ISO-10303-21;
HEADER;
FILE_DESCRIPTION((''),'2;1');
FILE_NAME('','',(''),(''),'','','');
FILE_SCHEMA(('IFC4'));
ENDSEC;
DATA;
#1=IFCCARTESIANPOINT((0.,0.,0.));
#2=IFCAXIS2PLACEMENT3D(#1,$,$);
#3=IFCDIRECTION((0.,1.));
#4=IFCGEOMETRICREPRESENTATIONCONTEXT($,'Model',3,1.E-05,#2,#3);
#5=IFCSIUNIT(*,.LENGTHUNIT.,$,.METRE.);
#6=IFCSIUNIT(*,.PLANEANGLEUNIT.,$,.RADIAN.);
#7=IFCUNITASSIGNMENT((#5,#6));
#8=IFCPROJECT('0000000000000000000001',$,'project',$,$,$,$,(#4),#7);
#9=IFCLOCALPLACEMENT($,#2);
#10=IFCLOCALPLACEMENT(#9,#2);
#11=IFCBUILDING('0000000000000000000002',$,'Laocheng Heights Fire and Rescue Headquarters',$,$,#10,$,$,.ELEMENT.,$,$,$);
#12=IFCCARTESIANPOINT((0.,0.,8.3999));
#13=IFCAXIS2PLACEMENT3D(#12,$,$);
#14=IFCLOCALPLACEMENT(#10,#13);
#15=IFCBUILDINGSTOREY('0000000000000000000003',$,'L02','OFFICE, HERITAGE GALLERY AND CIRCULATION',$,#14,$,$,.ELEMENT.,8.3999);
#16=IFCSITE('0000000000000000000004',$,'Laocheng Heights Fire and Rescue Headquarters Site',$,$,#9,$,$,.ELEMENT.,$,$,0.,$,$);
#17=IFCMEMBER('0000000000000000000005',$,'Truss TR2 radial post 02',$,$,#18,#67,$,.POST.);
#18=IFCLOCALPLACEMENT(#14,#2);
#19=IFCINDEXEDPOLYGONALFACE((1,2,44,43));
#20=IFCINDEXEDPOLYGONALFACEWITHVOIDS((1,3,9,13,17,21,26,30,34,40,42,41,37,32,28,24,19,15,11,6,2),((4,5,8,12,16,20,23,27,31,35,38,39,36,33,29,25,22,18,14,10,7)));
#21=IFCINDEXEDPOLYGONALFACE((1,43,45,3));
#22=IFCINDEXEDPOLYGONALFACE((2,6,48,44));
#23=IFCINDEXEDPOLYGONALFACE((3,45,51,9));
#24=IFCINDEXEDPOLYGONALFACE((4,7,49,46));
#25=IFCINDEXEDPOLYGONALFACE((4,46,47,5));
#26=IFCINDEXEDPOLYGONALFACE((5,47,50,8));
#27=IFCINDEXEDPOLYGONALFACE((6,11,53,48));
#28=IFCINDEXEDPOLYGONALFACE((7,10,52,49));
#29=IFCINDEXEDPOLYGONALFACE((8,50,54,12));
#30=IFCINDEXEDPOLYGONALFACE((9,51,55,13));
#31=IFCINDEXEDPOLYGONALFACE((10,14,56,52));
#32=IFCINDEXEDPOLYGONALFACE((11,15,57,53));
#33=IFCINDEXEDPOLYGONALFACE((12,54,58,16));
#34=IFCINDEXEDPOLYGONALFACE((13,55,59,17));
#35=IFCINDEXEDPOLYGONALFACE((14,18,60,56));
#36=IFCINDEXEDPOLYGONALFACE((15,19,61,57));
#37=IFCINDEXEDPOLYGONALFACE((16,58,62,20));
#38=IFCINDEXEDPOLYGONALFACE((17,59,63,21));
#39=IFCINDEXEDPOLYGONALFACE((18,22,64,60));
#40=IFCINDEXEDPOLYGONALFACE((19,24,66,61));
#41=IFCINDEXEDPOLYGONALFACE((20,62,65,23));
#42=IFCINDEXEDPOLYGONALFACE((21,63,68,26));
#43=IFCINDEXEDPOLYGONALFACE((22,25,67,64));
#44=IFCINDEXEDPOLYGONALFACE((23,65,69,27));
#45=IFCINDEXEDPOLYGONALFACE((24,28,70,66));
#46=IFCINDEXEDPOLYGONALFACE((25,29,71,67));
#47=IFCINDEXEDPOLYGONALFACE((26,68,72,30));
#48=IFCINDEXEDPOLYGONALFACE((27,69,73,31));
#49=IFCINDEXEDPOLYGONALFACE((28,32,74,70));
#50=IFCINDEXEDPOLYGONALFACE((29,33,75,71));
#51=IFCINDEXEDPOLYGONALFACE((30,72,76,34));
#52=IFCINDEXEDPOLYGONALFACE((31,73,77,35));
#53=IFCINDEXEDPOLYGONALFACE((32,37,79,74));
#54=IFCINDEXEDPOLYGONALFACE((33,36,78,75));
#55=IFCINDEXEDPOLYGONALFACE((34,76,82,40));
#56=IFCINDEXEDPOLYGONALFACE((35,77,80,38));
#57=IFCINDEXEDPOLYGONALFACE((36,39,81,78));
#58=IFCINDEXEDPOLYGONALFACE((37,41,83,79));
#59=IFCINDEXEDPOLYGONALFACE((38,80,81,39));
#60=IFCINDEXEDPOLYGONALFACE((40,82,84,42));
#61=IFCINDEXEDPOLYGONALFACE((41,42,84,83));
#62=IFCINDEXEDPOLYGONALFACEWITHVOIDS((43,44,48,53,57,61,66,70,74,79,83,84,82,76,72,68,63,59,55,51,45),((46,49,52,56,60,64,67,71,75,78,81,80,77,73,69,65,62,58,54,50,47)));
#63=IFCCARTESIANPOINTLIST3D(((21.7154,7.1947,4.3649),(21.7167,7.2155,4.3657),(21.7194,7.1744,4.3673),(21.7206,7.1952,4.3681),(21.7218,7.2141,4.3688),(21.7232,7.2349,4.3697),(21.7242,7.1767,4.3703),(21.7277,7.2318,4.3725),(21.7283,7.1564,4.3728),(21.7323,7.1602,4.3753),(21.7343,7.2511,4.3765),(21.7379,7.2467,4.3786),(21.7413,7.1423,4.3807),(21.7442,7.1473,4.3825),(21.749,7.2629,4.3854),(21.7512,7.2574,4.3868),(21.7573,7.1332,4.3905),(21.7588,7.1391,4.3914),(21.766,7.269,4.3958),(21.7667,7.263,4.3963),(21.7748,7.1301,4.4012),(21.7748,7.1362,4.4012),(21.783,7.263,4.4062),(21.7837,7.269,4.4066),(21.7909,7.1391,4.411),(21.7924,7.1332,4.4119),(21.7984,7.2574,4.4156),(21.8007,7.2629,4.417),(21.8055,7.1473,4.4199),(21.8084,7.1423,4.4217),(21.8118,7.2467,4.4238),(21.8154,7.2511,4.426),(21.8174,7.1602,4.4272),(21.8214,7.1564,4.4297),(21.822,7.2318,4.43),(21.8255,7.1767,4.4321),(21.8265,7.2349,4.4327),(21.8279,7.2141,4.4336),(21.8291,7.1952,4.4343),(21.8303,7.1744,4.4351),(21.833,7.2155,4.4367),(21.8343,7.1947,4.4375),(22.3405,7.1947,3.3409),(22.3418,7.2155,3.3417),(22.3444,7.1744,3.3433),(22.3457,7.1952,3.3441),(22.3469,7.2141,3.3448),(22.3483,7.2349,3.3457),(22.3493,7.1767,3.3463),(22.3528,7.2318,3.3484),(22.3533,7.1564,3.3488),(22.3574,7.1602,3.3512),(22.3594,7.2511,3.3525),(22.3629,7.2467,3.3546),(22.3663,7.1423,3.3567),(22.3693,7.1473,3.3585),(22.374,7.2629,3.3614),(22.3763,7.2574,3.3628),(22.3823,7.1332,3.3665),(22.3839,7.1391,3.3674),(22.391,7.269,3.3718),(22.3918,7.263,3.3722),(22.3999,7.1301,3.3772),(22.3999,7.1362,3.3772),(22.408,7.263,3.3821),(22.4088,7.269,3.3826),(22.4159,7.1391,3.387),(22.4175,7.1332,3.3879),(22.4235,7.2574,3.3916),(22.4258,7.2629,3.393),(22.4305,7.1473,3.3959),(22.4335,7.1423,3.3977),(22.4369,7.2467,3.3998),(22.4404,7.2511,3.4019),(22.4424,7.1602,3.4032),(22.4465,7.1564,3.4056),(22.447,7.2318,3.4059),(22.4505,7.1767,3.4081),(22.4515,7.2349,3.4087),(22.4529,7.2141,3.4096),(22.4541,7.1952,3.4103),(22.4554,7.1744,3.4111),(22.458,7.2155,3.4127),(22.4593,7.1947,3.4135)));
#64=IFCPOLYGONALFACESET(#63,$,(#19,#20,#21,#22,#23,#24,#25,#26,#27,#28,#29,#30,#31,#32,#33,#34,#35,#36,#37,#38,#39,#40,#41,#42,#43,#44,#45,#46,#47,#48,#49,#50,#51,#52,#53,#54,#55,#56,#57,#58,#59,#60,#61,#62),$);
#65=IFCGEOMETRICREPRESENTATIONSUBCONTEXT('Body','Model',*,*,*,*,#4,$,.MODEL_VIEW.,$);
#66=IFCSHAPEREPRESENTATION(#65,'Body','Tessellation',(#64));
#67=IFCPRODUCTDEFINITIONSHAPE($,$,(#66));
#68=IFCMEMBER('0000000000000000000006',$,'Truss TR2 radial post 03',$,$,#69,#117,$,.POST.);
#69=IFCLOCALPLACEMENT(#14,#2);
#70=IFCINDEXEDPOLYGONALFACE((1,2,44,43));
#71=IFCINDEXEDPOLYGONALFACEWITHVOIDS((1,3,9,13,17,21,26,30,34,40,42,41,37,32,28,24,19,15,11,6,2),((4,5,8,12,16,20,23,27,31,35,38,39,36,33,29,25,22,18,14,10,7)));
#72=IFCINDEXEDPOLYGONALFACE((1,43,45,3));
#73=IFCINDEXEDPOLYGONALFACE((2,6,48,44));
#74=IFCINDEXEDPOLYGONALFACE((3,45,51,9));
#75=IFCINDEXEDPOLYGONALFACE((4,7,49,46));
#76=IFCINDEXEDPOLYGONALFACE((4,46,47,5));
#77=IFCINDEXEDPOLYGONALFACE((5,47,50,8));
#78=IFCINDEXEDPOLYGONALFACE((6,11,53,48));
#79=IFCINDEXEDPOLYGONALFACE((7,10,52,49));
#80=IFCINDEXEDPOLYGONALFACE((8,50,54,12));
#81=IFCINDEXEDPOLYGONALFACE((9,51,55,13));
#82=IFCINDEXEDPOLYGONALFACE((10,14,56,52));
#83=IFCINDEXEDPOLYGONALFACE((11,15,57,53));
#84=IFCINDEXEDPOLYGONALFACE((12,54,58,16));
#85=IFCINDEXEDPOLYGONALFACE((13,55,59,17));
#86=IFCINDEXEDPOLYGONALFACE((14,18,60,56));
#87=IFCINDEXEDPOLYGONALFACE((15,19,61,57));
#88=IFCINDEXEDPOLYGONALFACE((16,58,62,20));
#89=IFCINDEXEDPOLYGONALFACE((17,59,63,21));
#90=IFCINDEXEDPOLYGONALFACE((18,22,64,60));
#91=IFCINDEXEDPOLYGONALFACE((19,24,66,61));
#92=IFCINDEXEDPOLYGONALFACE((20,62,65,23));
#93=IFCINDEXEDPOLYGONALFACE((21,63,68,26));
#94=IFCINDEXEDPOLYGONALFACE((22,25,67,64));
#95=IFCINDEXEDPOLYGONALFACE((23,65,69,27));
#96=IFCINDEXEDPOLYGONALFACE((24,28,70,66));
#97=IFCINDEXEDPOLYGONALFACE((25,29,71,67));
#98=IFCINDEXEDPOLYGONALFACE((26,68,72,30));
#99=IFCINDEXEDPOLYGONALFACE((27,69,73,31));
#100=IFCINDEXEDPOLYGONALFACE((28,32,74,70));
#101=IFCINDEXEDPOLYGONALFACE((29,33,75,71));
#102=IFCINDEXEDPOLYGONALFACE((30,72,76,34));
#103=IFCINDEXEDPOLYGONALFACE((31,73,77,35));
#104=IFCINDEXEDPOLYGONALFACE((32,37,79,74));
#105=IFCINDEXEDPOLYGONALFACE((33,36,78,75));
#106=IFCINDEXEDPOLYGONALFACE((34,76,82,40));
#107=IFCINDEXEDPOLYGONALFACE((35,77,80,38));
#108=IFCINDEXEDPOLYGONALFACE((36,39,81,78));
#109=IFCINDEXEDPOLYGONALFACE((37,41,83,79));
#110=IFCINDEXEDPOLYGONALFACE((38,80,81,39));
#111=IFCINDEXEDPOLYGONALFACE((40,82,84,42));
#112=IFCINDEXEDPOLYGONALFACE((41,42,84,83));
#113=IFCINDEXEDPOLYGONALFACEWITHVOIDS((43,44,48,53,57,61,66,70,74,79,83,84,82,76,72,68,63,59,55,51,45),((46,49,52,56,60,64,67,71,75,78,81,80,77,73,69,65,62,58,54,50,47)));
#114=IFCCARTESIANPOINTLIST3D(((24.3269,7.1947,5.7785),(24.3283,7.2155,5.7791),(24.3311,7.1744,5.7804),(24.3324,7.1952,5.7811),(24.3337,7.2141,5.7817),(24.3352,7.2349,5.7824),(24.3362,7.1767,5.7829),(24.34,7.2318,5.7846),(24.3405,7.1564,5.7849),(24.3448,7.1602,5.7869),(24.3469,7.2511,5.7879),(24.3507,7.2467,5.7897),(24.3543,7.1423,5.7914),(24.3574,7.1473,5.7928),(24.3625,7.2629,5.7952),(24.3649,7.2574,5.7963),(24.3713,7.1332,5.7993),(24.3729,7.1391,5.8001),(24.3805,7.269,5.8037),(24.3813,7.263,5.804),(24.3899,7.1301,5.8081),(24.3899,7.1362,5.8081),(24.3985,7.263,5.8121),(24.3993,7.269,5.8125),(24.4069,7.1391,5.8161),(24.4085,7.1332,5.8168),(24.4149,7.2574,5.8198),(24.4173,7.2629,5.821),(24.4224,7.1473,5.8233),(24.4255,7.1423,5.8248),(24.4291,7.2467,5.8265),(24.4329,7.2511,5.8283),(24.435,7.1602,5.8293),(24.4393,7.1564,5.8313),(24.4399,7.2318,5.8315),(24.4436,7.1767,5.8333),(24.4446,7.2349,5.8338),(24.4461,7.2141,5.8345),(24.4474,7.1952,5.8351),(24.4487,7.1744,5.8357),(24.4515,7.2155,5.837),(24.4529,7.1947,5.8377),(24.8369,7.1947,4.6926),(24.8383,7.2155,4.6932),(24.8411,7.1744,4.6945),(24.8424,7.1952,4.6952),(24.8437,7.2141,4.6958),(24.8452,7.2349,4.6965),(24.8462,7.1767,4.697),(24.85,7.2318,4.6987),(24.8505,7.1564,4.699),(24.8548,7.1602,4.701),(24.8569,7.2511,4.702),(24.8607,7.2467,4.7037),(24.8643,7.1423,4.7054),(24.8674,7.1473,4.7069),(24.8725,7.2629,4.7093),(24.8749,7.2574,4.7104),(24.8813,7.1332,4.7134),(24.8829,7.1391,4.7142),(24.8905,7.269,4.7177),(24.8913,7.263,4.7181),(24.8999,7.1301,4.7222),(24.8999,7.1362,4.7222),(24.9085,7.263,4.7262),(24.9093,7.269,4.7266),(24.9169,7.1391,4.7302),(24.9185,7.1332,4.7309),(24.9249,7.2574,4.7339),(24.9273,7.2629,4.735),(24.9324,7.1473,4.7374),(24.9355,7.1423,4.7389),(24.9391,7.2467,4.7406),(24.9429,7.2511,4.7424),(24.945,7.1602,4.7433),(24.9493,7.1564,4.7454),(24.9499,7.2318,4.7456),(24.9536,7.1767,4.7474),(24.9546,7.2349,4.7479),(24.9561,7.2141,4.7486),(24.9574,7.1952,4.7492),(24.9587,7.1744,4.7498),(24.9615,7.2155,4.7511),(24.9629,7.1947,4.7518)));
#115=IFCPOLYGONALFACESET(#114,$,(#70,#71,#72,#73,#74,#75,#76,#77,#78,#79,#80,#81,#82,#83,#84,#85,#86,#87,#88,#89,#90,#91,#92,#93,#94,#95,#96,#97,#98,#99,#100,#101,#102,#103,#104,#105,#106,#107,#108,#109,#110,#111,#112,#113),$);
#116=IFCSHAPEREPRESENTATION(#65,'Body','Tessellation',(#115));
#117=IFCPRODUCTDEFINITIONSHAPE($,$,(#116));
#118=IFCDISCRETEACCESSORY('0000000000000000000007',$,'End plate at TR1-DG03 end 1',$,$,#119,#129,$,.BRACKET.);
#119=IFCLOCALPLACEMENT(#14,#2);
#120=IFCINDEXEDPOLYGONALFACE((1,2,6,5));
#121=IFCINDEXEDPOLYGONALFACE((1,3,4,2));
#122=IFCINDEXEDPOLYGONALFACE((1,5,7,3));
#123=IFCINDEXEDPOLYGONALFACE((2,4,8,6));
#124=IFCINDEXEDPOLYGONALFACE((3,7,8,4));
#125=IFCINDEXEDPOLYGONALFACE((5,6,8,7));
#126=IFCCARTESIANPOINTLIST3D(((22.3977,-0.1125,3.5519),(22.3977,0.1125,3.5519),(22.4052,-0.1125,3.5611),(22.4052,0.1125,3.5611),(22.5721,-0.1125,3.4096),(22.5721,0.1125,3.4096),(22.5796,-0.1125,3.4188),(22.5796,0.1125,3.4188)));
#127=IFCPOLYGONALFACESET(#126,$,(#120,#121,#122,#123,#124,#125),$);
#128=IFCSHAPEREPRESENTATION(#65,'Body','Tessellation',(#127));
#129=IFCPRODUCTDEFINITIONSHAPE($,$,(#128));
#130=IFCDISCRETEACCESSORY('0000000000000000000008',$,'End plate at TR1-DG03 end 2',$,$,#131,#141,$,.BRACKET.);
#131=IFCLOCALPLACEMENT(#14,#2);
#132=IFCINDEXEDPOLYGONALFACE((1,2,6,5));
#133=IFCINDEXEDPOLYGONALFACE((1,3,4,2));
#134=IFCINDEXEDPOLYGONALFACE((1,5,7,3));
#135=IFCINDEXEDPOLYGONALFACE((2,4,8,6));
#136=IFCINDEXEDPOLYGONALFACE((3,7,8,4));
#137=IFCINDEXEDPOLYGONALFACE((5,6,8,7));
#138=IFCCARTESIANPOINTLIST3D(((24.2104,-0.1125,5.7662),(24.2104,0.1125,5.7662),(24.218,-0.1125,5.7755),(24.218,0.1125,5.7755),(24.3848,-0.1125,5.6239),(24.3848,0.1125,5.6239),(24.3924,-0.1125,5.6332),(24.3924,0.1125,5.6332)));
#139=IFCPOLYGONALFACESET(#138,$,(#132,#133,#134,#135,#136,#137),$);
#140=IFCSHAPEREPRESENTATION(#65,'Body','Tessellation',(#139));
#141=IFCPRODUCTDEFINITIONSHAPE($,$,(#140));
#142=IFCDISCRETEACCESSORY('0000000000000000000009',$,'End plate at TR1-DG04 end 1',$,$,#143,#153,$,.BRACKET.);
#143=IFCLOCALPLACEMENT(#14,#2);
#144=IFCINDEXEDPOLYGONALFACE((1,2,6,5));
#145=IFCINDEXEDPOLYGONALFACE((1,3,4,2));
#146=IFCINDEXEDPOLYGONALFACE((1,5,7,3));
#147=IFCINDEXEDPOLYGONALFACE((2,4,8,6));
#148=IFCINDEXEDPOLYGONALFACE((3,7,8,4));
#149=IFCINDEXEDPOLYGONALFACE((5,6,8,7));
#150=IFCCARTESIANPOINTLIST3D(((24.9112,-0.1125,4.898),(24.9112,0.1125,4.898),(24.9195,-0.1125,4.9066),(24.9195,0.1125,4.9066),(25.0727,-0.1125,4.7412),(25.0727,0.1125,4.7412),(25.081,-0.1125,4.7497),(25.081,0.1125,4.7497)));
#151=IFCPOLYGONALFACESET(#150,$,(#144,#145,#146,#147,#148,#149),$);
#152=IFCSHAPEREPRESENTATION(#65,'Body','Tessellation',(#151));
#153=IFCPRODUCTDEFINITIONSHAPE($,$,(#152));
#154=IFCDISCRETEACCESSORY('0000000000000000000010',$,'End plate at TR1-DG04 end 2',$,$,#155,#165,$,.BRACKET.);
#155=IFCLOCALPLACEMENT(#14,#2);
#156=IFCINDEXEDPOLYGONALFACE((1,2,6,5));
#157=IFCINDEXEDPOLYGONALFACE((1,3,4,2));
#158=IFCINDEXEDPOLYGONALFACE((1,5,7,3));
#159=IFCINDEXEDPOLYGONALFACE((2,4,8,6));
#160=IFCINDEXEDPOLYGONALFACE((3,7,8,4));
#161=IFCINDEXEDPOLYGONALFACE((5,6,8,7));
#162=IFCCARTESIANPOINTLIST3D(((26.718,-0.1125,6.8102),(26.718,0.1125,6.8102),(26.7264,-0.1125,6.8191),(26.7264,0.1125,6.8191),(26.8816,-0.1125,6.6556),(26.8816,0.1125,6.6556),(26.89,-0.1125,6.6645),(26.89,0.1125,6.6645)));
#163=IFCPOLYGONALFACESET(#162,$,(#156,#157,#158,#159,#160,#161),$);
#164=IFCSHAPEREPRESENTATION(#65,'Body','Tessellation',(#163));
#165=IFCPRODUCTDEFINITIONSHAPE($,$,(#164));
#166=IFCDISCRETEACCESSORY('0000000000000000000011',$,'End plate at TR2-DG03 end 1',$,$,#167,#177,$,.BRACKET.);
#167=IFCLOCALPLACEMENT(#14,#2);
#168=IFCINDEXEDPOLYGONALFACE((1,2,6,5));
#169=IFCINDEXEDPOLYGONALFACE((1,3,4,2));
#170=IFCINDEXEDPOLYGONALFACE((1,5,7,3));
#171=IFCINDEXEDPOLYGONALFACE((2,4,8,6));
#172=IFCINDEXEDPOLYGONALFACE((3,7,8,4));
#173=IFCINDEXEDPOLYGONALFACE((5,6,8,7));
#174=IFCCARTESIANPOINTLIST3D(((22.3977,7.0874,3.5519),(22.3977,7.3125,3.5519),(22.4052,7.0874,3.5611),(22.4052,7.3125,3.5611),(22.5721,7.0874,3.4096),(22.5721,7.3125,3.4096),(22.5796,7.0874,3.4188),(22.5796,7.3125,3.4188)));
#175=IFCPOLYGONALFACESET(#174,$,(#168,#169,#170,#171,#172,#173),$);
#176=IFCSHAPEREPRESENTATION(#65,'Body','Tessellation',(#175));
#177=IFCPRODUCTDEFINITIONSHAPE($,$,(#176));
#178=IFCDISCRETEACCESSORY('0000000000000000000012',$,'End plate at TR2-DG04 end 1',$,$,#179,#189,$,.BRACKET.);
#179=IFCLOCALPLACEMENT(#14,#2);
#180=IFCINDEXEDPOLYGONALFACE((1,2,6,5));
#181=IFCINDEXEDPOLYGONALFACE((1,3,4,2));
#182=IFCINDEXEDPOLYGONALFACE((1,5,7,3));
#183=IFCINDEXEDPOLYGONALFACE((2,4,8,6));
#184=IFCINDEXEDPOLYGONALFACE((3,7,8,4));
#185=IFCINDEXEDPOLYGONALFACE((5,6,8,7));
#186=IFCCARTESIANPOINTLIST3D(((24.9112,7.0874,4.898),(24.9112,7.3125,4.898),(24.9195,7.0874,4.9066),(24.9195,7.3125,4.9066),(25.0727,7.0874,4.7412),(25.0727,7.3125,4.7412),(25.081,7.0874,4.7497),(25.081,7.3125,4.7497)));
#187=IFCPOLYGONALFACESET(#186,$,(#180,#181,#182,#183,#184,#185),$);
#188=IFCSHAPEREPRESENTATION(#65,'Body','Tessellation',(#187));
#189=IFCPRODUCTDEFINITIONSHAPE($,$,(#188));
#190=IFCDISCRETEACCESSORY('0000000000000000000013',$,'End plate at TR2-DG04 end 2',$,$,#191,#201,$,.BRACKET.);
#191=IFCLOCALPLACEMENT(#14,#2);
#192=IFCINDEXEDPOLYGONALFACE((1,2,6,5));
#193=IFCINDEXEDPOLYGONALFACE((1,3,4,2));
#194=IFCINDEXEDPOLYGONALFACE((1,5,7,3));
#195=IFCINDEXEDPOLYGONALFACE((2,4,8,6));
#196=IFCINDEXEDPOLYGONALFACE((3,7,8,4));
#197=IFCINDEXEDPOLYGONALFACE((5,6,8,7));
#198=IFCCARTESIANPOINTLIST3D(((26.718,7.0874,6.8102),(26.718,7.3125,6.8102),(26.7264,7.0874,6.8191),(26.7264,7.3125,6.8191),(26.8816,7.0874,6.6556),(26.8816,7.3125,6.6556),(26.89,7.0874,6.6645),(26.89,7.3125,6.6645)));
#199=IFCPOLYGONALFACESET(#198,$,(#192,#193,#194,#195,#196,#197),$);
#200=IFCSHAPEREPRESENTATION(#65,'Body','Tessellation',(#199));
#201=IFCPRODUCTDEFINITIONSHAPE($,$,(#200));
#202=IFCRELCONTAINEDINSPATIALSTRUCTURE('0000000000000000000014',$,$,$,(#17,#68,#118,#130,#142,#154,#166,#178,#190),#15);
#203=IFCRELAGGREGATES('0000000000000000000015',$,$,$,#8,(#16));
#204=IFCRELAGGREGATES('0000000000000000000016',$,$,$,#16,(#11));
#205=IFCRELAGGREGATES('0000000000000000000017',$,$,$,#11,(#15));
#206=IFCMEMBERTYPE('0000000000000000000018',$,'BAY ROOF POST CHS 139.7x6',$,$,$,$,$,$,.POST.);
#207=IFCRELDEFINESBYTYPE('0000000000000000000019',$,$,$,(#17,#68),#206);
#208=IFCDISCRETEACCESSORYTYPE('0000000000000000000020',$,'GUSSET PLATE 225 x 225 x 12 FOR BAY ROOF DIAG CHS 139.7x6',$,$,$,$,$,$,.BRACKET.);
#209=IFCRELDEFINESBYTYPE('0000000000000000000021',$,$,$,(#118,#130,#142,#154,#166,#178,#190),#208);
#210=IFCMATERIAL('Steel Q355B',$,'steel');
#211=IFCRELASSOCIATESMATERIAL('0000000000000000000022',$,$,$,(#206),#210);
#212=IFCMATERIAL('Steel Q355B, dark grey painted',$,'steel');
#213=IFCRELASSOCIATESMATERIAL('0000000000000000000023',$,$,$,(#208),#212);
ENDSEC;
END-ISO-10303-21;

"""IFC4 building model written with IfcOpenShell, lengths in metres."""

from ifc_helpers import new_model, si_unit, direction, frame, origin, origin_2d, place, context, subcontext, project, spatial, rectangle, hollow_circle, extrude, material, material_profile, profile_set, type_object, element, save


model = new_model("IFC4")

# Units and contexts
model_context = context("Model", 3, precision=1e-05, world=origin(), true_north=direction((0.0, 1.0)))
body_context = subcontext(model_context, "Body", "Model", "MODEL_VIEW")
ifc_project = project(units=[si_unit("LENGTHUNIT", "METRE"), si_unit("PLANEANGLEUNIT", "RADIAN")], contexts=[model_context])

# Site, building, storey
site_placement = place(None, origin())
site = spatial("IfcSite", under=ifc_project, at=site_placement, Name="Laocheng Heights Fire and Rescue Headquarters Site", CompositionType="ELEMENT", RefElevation=0.0)
building_placement = place(site_placement, origin())
building = spatial("IfcBuilding", under=site, at=building_placement, Name="Laocheng Heights Fire and Rescue Headquarters", CompositionType="ELEMENT")
storey_placement = place(building_placement, frame((0.0, 0.0, 8.3999)))
storey = spatial("IfcBuildingStorey", under=building, at=storey_placement, Name="L02", Description="OFFICE, HERITAGE GALLERY AND CIRCULATION", CompositionType="ELEMENT", Elevation=8.3999)

# Members
ifc_material_1 = material(Name="Steel Q355B", Category="steel")
ifc_material_profile_1 = material_profile(ifc_material_1, hollow_circle(Radius=0.0698, WallThickness=0.0061, at=origin_2d()), Name="CHS 139.7x6")
ifc_profile_set_1 = profile_set([ifc_material_profile_1], Name="Steel Q355B")
member_type_1 = type_object("IfcMemberType", Name="BAY ROOF POST CHS 139.7x6", PredefinedType="POST", material=ifc_profile_set_1)
for number, where, z_axis, x_axis, name in (
    (1, (22.3999, 7.2, 3.3772), (-0.521005, 0.0, 0.853553), (0.0, -1.0, 0.0), "Truss TR2 radial post 02"),
    (2, (24.8999, 7.2, 4.7222), (-0.425101, 0.0, 0.905146), (0.0, -1.0, 0.0), "Truss TR2 radial post 03"),
):
    element("IfcMember", number, at=place(storey_placement, frame(where, z_axis=z_axis, x_axis=x_axis)), inside=storey, type_object=member_type_1, Name=name, PredefinedType="POST", context=body_context, shape_type="SweptSolid", body=[
        extrude(hollow_circle(Radius=0.0698, WallThickness=0.0061, at=origin_2d()), origin(), (0.0, 0.0, 1.0), 1.1997),
    ])

# Discrete accessories
ifc_material_2 = material(Name="Steel Q355B, dark grey painted", Category="steel")
ifc_material_profile_2 = material_profile(ifc_material_2, rectangle(XDim=0.2251, YDim=0.2251, at=origin_2d()), Name="GUSSET PLATE 225 x 225 x 12 FOR BAY ROOF DIAG CHS 139.7x6")
ifc_profile_set_2 = profile_set([ifc_material_profile_2], Name="Steel Q355B, dark grey painted")
discrete_accessory_type_1 = type_object("IfcDiscreteAccessoryType", Name="GUSSET PLATE 225 x 225 x 12 FOR BAY ROOF DIAG CHS 139.7x6", PredefinedType="BRACKET", material=ifc_profile_set_2)
for number, where, z_axis, x_axis, name in (
    (3, (22.4849, 0.0, 3.4807), (0.632127, 0.0, 0.774865), (0.0, 1.0, 0.0), "End plate at TR1-DG03 end 1"),
    (4, (24.2976, 0.0, 5.6951), (0.632127, 0.0, 0.774865), (0.0, 1.0, 0.0), "End plate at TR1-DG03 end 2"),
    (5, (24.9919, 0.0, 4.8196), (0.696786, 0.0, 0.717279), (0.0, 1.0, 0.0), "End plate at TR1-DG04 end 1"),
):
    element("IfcDiscreteAccessory", number, at=place(storey_placement, frame(where, z_axis=z_axis, x_axis=x_axis)), inside=storey, type_object=discrete_accessory_type_1, Name=name, PredefinedType="BRACKET", context=body_context, shape_type="SweptSolid", body=[
        extrude(rectangle(XDim=0.2251, YDim=0.2251, at=origin_2d()), origin(), (0.0, 0.0, 1.0), 0.012),
    ])
discrete_accessory_1_placement = place(storey_placement, frame((26.7998, 0.0, 6.7329), z_axis=(0.686624, 0.0, 0.727013), x_axis=(0.0, 1.0, 0.0)))
element("IfcDiscreteAccessory", 6, at=discrete_accessory_1_placement, inside=storey, type_object=discrete_accessory_type_1, Name="End plate at TR1-DG04 end 2", PredefinedType="BRACKET", context=body_context, shape_type="SweptSolid", body=[
    extrude(rectangle(XDim=0.2251, YDim=0.2251, at=origin_2d()), origin(), (0.0, 0.0, 1.0), 0.0122),
])
for number, where, z_axis, x_axis, name in (
    (7, (22.4849, 7.2, 3.4807), (0.632127, 0.0, 0.774865), (0.0, 1.0, 0.0), "End plate at TR2-DG03 end 1"),
    (8, (24.9919, 7.2, 4.8196), (0.696786, 0.0, 0.717279), (0.0, 1.0, 0.0), "End plate at TR2-DG04 end 1"),
):
    element("IfcDiscreteAccessory", number, at=place(storey_placement, frame(where, z_axis=z_axis, x_axis=x_axis)), inside=storey, type_object=discrete_accessory_type_1, Name=name, PredefinedType="BRACKET", context=body_context, shape_type="SweptSolid", body=[
        extrude(rectangle(XDim=0.2251, YDim=0.2251, at=origin_2d()), origin(), (0.0, 0.0, 1.0), 0.012),
    ])
discrete_accessory_2_placement = place(storey_placement, frame((26.7998, 7.2, 6.7329), z_axis=(0.686624, 0.0, 0.727013), x_axis=(0.0, 1.0, 0.0)))
element("IfcDiscreteAccessory", 9, at=discrete_accessory_2_placement, inside=storey, type_object=discrete_accessory_type_1, Name="End plate at TR2-DG04 end 2", PredefinedType="BRACKET", context=body_context, shape_type="SweptSolid", body=[
    extrude(rectangle(XDim=0.2251, YDim=0.2251, at=origin_2d()), origin(), (0.0, 0.0, 1.0), 0.0122),
])

save(model, "model.ifc")
